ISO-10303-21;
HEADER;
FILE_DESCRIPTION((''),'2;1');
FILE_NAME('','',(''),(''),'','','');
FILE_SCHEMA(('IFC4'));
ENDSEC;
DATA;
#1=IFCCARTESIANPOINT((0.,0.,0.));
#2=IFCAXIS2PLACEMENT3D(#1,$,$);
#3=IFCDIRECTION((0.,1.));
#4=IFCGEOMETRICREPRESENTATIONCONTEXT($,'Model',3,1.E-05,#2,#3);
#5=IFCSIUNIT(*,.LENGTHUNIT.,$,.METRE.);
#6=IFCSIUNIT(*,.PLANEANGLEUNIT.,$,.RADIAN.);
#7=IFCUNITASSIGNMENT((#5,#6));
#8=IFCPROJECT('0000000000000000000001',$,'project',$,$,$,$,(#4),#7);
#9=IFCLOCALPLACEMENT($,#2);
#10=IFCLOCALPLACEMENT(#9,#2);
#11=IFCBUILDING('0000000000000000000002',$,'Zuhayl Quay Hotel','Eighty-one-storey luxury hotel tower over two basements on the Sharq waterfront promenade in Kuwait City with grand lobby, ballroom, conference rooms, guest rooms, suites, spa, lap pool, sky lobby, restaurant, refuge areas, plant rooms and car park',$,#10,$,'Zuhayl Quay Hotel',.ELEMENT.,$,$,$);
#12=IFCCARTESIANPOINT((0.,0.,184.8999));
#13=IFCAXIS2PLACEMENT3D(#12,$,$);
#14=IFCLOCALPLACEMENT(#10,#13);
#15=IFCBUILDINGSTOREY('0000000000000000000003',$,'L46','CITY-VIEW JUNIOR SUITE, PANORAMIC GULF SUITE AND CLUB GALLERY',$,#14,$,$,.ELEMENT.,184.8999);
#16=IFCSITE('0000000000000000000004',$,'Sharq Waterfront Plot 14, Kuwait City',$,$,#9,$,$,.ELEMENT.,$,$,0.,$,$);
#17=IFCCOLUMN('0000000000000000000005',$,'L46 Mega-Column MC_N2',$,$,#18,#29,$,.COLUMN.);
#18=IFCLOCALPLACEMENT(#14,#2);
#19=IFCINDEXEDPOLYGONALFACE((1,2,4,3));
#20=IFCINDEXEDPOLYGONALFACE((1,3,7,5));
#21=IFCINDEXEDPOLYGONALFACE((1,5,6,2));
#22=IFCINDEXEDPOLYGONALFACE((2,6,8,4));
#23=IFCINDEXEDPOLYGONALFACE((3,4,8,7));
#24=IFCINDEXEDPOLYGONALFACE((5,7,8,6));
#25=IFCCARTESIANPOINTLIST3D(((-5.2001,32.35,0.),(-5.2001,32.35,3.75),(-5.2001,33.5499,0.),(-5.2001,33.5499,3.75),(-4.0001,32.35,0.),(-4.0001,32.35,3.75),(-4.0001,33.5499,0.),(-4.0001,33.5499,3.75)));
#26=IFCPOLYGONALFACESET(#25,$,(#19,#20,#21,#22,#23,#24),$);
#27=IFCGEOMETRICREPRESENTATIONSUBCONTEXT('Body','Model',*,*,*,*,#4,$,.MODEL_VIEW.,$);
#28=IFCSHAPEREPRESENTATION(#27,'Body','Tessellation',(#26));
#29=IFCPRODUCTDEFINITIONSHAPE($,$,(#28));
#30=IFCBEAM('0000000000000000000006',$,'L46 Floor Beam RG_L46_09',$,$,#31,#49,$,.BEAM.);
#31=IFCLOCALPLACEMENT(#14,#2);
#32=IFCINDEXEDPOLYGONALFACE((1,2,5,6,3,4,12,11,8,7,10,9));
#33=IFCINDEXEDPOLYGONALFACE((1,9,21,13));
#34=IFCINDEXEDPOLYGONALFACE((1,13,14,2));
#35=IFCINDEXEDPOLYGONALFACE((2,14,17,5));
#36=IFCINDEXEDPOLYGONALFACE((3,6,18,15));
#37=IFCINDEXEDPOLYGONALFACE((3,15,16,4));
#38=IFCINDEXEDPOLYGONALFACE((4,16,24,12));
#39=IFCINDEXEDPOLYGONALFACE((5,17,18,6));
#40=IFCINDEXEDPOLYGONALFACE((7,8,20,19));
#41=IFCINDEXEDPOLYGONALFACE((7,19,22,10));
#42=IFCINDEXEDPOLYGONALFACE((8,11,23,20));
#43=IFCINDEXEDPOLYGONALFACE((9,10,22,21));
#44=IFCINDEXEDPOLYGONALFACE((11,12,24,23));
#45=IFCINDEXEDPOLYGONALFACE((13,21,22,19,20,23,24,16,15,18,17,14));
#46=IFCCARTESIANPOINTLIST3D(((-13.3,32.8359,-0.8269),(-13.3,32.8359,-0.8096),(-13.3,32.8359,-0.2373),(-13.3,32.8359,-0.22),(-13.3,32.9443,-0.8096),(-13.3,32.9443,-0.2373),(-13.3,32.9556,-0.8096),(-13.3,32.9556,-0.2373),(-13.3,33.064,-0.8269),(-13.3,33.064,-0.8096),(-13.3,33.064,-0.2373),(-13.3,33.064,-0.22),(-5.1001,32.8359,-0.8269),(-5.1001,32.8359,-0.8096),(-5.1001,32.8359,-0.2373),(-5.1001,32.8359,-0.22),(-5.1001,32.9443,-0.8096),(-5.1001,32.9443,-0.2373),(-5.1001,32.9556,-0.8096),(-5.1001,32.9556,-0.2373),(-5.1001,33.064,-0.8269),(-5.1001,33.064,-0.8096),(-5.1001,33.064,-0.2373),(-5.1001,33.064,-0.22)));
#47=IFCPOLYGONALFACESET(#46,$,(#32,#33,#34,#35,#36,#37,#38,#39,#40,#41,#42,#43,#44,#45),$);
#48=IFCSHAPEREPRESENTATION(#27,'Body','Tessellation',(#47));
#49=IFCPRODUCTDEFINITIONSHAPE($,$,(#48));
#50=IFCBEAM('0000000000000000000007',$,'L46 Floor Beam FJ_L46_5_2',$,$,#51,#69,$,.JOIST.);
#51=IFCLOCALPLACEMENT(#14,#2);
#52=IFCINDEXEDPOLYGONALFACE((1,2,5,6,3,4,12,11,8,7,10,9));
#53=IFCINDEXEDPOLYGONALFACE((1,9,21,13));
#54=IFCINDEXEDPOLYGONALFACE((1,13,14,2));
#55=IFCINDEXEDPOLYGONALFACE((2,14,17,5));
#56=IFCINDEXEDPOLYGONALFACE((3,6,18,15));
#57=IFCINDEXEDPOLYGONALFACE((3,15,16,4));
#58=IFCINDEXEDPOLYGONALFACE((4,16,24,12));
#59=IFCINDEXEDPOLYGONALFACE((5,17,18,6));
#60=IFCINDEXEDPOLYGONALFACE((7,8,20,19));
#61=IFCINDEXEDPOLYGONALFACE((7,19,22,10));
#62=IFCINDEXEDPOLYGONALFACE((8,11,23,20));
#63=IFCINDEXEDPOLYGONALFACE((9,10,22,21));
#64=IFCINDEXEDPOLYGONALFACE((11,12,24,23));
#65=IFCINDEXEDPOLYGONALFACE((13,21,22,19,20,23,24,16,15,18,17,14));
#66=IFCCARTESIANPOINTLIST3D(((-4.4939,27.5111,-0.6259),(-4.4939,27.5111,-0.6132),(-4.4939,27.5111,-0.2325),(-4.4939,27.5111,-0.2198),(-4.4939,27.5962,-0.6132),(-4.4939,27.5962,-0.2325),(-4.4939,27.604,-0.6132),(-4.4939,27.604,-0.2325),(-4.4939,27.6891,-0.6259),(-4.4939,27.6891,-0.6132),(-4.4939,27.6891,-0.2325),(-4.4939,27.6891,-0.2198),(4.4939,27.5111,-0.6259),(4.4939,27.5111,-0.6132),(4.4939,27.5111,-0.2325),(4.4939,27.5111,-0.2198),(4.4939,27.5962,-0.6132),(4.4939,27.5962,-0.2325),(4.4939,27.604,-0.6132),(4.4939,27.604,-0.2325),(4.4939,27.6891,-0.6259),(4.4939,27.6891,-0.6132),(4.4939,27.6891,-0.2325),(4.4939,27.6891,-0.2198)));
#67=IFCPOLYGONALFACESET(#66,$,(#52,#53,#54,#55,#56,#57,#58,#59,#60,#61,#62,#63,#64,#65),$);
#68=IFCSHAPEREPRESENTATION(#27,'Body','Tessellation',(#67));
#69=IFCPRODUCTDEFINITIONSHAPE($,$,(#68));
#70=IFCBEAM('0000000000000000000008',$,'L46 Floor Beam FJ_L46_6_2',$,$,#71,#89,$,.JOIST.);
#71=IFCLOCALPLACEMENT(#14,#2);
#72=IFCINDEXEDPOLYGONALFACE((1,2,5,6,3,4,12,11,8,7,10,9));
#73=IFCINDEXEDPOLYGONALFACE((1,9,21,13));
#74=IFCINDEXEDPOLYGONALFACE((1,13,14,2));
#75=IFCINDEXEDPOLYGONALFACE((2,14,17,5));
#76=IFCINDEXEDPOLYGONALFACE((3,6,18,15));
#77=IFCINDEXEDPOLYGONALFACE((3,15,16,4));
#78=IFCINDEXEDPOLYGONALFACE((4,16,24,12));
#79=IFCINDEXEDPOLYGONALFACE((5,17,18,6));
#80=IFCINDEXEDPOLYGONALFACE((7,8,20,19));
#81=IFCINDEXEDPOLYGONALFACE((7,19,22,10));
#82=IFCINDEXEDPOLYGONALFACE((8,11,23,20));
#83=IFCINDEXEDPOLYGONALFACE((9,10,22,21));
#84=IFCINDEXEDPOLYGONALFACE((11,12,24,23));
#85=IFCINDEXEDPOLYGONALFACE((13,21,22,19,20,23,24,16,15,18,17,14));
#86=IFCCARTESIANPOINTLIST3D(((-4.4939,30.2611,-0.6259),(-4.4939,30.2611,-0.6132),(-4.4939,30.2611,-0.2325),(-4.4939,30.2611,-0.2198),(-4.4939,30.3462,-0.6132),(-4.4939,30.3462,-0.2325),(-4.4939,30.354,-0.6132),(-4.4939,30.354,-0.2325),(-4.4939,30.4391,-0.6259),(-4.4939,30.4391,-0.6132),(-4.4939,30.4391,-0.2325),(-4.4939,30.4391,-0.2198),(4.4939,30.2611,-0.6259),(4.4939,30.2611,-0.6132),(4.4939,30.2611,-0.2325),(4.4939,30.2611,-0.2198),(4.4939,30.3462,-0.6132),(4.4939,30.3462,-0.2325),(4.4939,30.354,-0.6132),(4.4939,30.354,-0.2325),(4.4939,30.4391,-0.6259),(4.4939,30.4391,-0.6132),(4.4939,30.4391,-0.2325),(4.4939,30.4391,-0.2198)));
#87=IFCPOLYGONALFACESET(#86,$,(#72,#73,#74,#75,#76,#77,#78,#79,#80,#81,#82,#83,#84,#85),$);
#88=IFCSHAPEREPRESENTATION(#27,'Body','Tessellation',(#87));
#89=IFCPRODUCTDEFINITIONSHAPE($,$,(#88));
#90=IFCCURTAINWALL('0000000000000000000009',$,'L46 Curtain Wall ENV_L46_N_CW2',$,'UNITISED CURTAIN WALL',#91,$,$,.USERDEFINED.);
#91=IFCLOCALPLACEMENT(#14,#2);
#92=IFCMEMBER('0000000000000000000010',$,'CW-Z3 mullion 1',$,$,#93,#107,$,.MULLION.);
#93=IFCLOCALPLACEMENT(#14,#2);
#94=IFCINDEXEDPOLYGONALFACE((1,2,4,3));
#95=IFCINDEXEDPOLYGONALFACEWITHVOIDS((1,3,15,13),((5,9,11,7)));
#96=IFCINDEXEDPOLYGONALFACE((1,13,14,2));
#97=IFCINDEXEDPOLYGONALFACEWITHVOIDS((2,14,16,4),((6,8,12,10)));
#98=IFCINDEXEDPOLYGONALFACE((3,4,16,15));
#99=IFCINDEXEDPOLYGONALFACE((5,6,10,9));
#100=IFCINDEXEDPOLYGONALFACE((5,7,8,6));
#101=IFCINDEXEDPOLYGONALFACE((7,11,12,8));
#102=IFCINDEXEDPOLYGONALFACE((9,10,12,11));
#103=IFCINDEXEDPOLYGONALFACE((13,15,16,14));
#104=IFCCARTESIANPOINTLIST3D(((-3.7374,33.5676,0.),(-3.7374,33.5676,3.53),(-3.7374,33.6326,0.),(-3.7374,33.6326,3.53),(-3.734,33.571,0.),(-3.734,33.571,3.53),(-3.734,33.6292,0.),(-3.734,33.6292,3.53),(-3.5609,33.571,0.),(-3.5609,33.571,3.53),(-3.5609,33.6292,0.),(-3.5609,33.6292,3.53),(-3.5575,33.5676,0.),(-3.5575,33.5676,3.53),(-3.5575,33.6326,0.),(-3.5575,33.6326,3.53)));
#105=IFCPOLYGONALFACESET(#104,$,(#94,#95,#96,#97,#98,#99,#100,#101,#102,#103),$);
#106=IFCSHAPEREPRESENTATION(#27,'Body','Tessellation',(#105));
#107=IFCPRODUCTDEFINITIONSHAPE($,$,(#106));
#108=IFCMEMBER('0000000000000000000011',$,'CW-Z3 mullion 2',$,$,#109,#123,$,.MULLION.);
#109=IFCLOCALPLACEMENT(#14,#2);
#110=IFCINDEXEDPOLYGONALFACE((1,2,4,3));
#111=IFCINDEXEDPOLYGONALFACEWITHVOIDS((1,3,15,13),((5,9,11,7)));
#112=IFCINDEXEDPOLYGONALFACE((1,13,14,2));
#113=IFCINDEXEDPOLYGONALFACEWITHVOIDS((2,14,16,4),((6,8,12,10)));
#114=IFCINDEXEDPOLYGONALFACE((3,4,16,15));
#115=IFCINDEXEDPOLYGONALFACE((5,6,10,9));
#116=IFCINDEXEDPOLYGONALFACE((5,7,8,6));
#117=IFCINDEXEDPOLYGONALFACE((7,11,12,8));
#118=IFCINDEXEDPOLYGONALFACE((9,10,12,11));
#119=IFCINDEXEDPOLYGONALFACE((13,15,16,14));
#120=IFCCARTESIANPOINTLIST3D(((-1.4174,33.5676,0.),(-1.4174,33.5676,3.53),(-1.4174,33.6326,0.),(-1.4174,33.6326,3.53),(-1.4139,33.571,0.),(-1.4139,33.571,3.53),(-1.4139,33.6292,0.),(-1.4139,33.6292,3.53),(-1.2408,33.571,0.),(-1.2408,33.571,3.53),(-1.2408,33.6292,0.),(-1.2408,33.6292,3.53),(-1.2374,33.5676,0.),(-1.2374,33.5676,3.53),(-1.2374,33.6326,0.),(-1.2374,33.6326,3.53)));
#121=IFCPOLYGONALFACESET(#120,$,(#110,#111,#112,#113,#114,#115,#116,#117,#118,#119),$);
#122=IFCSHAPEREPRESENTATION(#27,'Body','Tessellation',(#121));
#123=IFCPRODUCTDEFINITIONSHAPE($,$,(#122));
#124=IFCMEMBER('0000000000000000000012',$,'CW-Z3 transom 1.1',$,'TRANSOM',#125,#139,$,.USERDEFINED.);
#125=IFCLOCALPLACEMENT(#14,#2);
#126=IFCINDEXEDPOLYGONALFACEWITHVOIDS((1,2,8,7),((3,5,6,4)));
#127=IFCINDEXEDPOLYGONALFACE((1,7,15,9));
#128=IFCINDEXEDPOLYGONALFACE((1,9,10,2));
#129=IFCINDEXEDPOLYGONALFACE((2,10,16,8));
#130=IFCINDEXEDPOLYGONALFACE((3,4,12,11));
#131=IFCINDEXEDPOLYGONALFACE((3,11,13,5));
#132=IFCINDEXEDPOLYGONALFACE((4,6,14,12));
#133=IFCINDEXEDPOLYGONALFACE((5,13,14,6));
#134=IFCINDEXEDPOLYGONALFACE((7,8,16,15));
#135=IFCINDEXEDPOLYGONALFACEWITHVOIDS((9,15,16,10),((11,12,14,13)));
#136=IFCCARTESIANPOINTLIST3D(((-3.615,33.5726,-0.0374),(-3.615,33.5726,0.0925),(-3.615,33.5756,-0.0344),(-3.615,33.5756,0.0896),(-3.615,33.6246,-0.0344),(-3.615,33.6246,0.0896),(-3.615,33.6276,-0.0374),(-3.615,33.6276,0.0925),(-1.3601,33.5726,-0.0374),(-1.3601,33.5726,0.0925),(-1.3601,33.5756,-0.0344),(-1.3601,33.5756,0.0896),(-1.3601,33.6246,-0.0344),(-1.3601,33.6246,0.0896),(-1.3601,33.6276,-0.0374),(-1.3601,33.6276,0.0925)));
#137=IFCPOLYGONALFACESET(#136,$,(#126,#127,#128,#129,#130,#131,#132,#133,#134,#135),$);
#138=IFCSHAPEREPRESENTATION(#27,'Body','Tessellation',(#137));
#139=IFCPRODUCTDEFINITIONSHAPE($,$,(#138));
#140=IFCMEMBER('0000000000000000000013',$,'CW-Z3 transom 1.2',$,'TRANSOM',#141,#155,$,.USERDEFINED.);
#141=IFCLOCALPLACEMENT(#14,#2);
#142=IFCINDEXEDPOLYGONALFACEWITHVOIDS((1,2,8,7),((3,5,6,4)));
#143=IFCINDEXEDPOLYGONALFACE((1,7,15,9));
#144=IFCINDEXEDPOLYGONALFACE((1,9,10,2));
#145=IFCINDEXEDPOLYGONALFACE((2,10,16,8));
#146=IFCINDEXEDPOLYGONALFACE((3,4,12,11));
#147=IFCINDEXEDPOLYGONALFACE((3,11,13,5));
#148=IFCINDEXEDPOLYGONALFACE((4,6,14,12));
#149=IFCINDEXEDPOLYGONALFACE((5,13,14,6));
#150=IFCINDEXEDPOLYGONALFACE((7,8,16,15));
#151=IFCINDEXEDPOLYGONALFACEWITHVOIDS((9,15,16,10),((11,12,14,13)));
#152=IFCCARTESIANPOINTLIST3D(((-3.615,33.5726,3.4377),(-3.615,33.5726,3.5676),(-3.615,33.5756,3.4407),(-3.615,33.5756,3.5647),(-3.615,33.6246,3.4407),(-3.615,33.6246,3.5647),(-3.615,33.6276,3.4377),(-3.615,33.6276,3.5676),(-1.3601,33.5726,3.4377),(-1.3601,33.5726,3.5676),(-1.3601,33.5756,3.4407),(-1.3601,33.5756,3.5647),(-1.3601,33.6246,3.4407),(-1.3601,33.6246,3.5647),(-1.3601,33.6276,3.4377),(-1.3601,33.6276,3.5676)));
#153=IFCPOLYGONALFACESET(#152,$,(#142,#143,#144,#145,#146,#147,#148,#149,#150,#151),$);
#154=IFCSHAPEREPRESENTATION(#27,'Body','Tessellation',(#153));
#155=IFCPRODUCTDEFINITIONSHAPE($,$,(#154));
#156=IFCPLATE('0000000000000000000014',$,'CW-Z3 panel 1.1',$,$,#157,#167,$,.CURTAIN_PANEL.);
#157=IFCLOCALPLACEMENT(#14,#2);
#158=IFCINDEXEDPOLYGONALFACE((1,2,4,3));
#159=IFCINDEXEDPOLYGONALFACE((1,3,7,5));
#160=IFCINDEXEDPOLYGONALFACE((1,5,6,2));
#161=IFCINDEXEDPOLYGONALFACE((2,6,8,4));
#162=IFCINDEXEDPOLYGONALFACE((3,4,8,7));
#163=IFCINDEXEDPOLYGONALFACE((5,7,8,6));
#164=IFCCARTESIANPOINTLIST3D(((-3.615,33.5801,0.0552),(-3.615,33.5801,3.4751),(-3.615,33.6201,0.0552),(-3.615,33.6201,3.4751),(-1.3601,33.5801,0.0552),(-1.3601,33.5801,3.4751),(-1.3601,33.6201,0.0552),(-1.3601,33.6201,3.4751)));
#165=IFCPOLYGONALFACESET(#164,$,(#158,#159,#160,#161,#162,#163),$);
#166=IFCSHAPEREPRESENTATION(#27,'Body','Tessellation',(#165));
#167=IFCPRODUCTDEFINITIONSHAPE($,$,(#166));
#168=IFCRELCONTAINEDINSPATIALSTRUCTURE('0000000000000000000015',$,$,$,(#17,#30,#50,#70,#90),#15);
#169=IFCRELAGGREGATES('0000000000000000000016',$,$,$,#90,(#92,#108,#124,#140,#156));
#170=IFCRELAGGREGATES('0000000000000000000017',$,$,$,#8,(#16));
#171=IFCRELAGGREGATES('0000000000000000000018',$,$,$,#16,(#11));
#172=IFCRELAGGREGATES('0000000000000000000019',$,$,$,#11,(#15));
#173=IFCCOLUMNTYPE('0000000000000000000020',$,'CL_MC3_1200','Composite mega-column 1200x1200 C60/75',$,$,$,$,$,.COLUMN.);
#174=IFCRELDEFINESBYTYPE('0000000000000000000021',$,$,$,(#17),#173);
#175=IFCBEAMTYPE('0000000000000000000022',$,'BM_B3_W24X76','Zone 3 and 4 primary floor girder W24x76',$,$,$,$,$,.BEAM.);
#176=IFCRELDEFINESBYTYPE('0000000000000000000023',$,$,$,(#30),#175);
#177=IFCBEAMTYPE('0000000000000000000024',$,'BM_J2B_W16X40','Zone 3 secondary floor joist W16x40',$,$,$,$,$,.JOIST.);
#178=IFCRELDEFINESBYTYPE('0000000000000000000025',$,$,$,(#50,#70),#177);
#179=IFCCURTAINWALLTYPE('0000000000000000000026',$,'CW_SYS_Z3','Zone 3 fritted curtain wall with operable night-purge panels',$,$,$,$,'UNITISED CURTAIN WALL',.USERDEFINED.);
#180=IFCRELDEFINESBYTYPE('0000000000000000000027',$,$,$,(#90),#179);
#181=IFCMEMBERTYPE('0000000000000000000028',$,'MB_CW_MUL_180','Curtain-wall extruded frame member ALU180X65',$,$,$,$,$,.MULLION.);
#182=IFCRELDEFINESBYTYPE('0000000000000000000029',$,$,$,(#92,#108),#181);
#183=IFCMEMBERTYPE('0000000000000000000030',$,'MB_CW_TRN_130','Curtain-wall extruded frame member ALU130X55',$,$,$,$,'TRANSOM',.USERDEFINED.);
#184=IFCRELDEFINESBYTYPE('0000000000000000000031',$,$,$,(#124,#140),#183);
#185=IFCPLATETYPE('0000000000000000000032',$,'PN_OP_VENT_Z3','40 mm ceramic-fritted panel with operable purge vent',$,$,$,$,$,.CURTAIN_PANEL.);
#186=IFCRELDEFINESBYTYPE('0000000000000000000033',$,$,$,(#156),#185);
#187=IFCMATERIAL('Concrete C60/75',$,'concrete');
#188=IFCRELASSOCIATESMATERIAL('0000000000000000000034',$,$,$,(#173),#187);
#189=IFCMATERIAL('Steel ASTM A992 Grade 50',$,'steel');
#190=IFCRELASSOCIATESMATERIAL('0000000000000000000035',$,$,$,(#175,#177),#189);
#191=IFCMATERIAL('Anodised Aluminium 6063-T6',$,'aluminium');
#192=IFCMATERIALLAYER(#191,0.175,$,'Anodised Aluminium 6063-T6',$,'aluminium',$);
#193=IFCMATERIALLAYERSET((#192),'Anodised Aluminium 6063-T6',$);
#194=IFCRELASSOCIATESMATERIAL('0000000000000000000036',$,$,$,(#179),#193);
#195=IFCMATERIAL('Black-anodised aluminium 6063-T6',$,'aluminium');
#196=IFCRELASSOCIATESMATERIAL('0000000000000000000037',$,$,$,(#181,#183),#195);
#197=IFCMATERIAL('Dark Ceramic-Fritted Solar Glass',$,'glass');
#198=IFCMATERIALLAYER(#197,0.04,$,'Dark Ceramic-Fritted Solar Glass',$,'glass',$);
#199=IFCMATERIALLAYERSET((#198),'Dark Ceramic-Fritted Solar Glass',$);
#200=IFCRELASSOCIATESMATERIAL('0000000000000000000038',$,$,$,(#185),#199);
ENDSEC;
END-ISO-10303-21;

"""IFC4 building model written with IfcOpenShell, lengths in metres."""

from ifc_helpers import new_model, si_unit, direction, frame, origin, origin_2d, place, context, subcontext, project, spatial, rectangle, hollow_rectangle, i_section, extrude, material, layer, layer_set, material_profile, profile_set, type_object, element, aggregate, save


model = new_model("IFC4")

# Units and contexts
model_context = context("Model", 3, precision=1e-05, world=origin(), true_north=direction((0.0, 1.0)))
body_context = subcontext(model_context, "Body", "Model", "MODEL_VIEW")
ifc_project = project(units=[si_unit("LENGTHUNIT", "METRE"), si_unit("PLANEANGLEUNIT", "RADIAN")], contexts=[model_context])

# Site, building, storey
site_placement = place(None, origin())
site = spatial("IfcSite", under=ifc_project, at=site_placement, Name="Sharq Waterfront Plot 14, Kuwait City", CompositionType="ELEMENT", RefElevation=0.0)
building_placement = place(site_placement, origin())
building = spatial("IfcBuilding", under=site, at=building_placement, Name="Zuhayl Quay Hotel", Description="Eighty-one-storey luxury hotel tower over two basements on the Sharq waterfront promenade in Kuwait City with grand lobby, ballroom, conference rooms, guest rooms, suites, spa, lap pool, sky lobby, restaurant, refuge areas, plant rooms and car park", LongName="Zuhayl Quay Hotel", CompositionType="ELEMENT")
storey_placement = place(building_placement, frame((0.0, 0.0, 184.8999)))
storey = spatial("IfcBuildingStorey", under=building, at=storey_placement, Name="L46", Description="CITY-VIEW JUNIOR SUITE, PANORAMIC GULF SUITE AND CLUB GALLERY", CompositionType="ELEMENT", Elevation=184.8999)

# Column
ifc_material_1 = material(Name="Concrete C60/75", Category="concrete")
ifc_material_profile_1 = material_profile(ifc_material_1, rectangle(XDim=1.2, YDim=1.2, at=origin_2d()), Name="RC1200X1200")
ifc_profile_set_1 = profile_set([ifc_material_profile_1], Name="Concrete C60/75")
column_type = type_object("IfcColumnType", Name="CL_MC3_1200", Description="Composite mega-column 1200x1200 C60/75", PredefinedType="COLUMN", material=ifc_profile_set_1)
column_placement = place(storey_placement, frame((-4.6001, 32.95, 0.0), z_axis=(0.0, 0.0, 1.0), x_axis=(1.0, 0.0, 0.0)))
element("IfcColumn", 1, at=column_placement, inside=storey, type_object=column_type, Name="L46 Mega-Column MC_N2", PredefinedType="COLUMN", context=body_context, shape_type="SweptSolid", body=[
    extrude(rectangle(XDim=1.2, YDim=1.2, at=origin_2d()), origin(), (0.0, 0.0, 1.0), 3.75),
])

# Beams
ifc_material_2 = material(Name="Steel ASTM A992 Grade 50", Category="steel")
ifc_material_profile_2 = material_profile(ifc_material_2, i_section(OverallWidth=0.228, OverallDepth=0.6069, WebThickness=0.0112, FlangeThickness=0.0173, at=origin_2d()), Name="W24X76")
ifc_profile_set_2 = profile_set([ifc_material_profile_2], Name="Steel ASTM A992 Grade 50")
beam_type_1 = type_object("IfcBeamType", Name="BM_B3_W24X76", Description="Zone 3 and 4 primary floor girder W24x76", PredefinedType="BEAM", material=ifc_profile_set_2)
beam_placement = place(storey_placement, frame((-5.1001, 32.95, -0.5234), z_axis=(-1.0, 0.0, 0.0), x_axis=(0.0, -1.0, 0.0)))
element("IfcBeam", 2, at=beam_placement, inside=storey, type_object=beam_type_1, Name="L46 Floor Beam RG_L46_09", PredefinedType="BEAM", context=body_context, shape_type="SweptSolid", body=[
    extrude(i_section(OverallWidth=0.228, OverallDepth=0.6069, WebThickness=0.0112, FlangeThickness=0.0173, at=origin_2d()), origin(), (0.0, 0.0, 1.0), 8.2),
])
ifc_material_profile_3 = material_profile(ifc_material_2, i_section(OverallWidth=0.178, OverallDepth=0.406, WebThickness=0.0078, FlangeThickness=0.0127, at=origin_2d()), Name="W16X40")
ifc_profile_set_3 = profile_set([ifc_material_profile_3], Name="Steel ASTM A992 Grade 50")
beam_type_2 = type_object("IfcBeamType", Name="BM_J2B_W16X40", Description="Zone 3 secondary floor joist W16x40", PredefinedType="JOIST", material=ifc_profile_set_3)
for number, where, z_axis, x_axis, name in (
    (3, (-4.4939, 27.6001, -0.4229), (1.0, 0.0, 0.0), (0.0, 1.0, 0.0), "L46 Floor Beam FJ_L46_5_2"),
    (4, (-4.4939, 30.3501, -0.4229), (1.0, 0.0, 0.0), (0.0, 1.0, 0.0), "L46 Floor Beam FJ_L46_6_2"),
):
    element("IfcBeam", number, at=place(storey_placement, frame(where, z_axis=z_axis, x_axis=x_axis)), inside=storey, type_object=beam_type_2, Name=name, PredefinedType="JOIST", context=body_context, shape_type="SweptSolid", body=[
        extrude(i_section(OverallWidth=0.178, OverallDepth=0.406, WebThickness=0.0078, FlangeThickness=0.0127, at=origin_2d()), origin(), (0.0, 0.0, 1.0), 8.9878),
    ])

# Curtain wall, members, plate
ifc_material_3 = material(Name="Anodised Aluminium 6063-T6", Category="aluminium")
ifc_layer_1 = layer(ifc_material_3, 0.175, Name="Anodised Aluminium 6063-T6", Category="aluminium")
ifc_layer_set_1 = layer_set([ifc_layer_1], Name="Anodised Aluminium 6063-T6")
curtain_wall_type = type_object("IfcCurtainWallType", Name="CW_SYS_Z3", Description="Zone 3 fritted curtain wall with operable night-purge panels", ElementType="UNITISED CURTAIN WALL", PredefinedType="USERDEFINED", material=ifc_layer_set_1)
curtain_wall_placement = place(storey_placement, origin())
curtain_wall = element("IfcCurtainWall", 5, at=curtain_wall_placement, inside=storey, type_object=curtain_wall_type, Name="L46 Curtain Wall ENV_L46_N_CW2", ObjectType="UNITISED CURTAIN WALL", PredefinedType="USERDEFINED")
ifc_material_4 = material(Name="Black-anodised aluminium 6063-T6", Category="aluminium")
ifc_material_profile_4 = material_profile(ifc_material_4, hollow_rectangle(XDim=0.0649, YDim=0.1799, WallThickness=0.0034, at=origin_2d()), Name="ALU180X65")
ifc_profile_set_4 = profile_set([ifc_material_profile_4], Name="Black-anodised aluminium 6063-T6")
member_type_1 = type_object("IfcMemberType", Name="MB_CW_MUL_180", Description="Curtain-wall extruded frame member ALU180X65", PredefinedType="MULLION", material=ifc_profile_set_4)
member_1_placement = place(storey_placement, frame((-3.6475, 33.6001, 0.0), z_axis=(0.0, 0.0, 1.0), x_axis=(0.0, 1.0, 0.0)))
member_1 = element("IfcMember", 6, at=member_1_placement, type_object=member_type_1, Name="CW-Z3 mullion 1", PredefinedType="MULLION", context=body_context, shape_type="SweptSolid", body=[
    extrude(hollow_rectangle(XDim=0.0649, YDim=0.1799, WallThickness=0.0034, at=origin_2d()), origin(), (0.0, 0.0, 1.0), 3.53),
])
member_2_placement = place(storey_placement, frame((-1.3274, 33.6001, 0.0), z_axis=(0.0, 0.0, 1.0), x_axis=(0.0, 1.0, 0.0)))
member_2 = element("IfcMember", 7, at=member_2_placement, type_object=member_type_1, Name="CW-Z3 mullion 2", PredefinedType="MULLION", context=body_context, shape_type="SweptSolid", body=[
    extrude(hollow_rectangle(XDim=0.0649, YDim=0.1799, WallThickness=0.0034, at=origin_2d()), origin(), (0.0, 0.0, 1.0), 3.53),
])
ifc_material_profile_5 = material_profile(ifc_material_4, hollow_rectangle(XDim=0.0549, YDim=0.1299, WallThickness=0.0029, at=origin_2d()), Name="ALU130X55")
ifc_profile_set_5 = profile_set([ifc_material_profile_5], Name="Black-anodised aluminium 6063-T6")
member_type_2 = type_object("IfcMemberType", Name="MB_CW_TRN_130", Description="Curtain-wall extruded frame member ALU130X55", ElementType="TRANSOM", PredefinedType="USERDEFINED", material=ifc_profile_set_5)
member_3_placement = place(storey_placement, frame((-3.615, 33.6001, 0.0276), z_axis=(1.0, 0.0, 0.0), x_axis=(0.0, 1.0, 0.0)))
member_3 = element("IfcMember", 8, at=member_3_placement, type_object=member_type_2, Name="CW-Z3 transom 1.1", ObjectType="TRANSOM", PredefinedType="USERDEFINED", context=body_context, shape_type="SweptSolid", body=[
    extrude(hollow_rectangle(XDim=0.0549, YDim=0.1299, WallThickness=0.0029, at=origin_2d()), origin(), (0.0, 0.0, 1.0), 2.2549),
])
member_4_placement = place(storey_placement, frame((-3.615, 33.6001, 3.5027), z_axis=(1.0, 0.0, 0.0), x_axis=(0.0, 1.0, 0.0)))
member_4 = element("IfcMember", 9, at=member_4_placement, type_object=member_type_2, Name="CW-Z3 transom 1.2", ObjectType="TRANSOM", PredefinedType="USERDEFINED", context=body_context, shape_type="SweptSolid", body=[
    extrude(hollow_rectangle(XDim=0.0549, YDim=0.1299, WallThickness=0.0029, at=origin_2d()), origin(), (0.0, 0.0, 1.0), 2.2549),
])
ifc_material_5 = material(Name="Dark Ceramic-Fritted Solar Glass", Category="glass")
ifc_layer_2 = layer(ifc_material_5, 0.04, Name="Dark Ceramic-Fritted Solar Glass", Category="glass")
ifc_layer_set_2 = layer_set([ifc_layer_2], Name="Dark Ceramic-Fritted Solar Glass")
plate_type = type_object("IfcPlateType", Name="PN_OP_VENT_Z3", Description="40 mm ceramic-fritted panel with operable purge vent", PredefinedType="CURTAIN_PANEL", material=ifc_layer_set_2)
plate_placement = place(storey_placement, frame((-2.4875, 33.6001, 0.0552), z_axis=(0.0, 0.0, 1.0), x_axis=(1.0, 0.0, 0.0)))
plate = element("IfcPlate", 10, at=plate_placement, type_object=plate_type, Name="CW-Z3 panel 1.1", PredefinedType="CURTAIN_PANEL", context=body_context, shape_type="SweptSolid", body=[
    extrude(rectangle(XDim=2.2549, YDim=0.04, at=origin_2d()), origin(), (0.0, 0.0, 1.0), 3.4199),
])
aggregate(curtain_wall, [member_1, member_2, member_3, member_4, plate])

save(model, "model.ifc")
